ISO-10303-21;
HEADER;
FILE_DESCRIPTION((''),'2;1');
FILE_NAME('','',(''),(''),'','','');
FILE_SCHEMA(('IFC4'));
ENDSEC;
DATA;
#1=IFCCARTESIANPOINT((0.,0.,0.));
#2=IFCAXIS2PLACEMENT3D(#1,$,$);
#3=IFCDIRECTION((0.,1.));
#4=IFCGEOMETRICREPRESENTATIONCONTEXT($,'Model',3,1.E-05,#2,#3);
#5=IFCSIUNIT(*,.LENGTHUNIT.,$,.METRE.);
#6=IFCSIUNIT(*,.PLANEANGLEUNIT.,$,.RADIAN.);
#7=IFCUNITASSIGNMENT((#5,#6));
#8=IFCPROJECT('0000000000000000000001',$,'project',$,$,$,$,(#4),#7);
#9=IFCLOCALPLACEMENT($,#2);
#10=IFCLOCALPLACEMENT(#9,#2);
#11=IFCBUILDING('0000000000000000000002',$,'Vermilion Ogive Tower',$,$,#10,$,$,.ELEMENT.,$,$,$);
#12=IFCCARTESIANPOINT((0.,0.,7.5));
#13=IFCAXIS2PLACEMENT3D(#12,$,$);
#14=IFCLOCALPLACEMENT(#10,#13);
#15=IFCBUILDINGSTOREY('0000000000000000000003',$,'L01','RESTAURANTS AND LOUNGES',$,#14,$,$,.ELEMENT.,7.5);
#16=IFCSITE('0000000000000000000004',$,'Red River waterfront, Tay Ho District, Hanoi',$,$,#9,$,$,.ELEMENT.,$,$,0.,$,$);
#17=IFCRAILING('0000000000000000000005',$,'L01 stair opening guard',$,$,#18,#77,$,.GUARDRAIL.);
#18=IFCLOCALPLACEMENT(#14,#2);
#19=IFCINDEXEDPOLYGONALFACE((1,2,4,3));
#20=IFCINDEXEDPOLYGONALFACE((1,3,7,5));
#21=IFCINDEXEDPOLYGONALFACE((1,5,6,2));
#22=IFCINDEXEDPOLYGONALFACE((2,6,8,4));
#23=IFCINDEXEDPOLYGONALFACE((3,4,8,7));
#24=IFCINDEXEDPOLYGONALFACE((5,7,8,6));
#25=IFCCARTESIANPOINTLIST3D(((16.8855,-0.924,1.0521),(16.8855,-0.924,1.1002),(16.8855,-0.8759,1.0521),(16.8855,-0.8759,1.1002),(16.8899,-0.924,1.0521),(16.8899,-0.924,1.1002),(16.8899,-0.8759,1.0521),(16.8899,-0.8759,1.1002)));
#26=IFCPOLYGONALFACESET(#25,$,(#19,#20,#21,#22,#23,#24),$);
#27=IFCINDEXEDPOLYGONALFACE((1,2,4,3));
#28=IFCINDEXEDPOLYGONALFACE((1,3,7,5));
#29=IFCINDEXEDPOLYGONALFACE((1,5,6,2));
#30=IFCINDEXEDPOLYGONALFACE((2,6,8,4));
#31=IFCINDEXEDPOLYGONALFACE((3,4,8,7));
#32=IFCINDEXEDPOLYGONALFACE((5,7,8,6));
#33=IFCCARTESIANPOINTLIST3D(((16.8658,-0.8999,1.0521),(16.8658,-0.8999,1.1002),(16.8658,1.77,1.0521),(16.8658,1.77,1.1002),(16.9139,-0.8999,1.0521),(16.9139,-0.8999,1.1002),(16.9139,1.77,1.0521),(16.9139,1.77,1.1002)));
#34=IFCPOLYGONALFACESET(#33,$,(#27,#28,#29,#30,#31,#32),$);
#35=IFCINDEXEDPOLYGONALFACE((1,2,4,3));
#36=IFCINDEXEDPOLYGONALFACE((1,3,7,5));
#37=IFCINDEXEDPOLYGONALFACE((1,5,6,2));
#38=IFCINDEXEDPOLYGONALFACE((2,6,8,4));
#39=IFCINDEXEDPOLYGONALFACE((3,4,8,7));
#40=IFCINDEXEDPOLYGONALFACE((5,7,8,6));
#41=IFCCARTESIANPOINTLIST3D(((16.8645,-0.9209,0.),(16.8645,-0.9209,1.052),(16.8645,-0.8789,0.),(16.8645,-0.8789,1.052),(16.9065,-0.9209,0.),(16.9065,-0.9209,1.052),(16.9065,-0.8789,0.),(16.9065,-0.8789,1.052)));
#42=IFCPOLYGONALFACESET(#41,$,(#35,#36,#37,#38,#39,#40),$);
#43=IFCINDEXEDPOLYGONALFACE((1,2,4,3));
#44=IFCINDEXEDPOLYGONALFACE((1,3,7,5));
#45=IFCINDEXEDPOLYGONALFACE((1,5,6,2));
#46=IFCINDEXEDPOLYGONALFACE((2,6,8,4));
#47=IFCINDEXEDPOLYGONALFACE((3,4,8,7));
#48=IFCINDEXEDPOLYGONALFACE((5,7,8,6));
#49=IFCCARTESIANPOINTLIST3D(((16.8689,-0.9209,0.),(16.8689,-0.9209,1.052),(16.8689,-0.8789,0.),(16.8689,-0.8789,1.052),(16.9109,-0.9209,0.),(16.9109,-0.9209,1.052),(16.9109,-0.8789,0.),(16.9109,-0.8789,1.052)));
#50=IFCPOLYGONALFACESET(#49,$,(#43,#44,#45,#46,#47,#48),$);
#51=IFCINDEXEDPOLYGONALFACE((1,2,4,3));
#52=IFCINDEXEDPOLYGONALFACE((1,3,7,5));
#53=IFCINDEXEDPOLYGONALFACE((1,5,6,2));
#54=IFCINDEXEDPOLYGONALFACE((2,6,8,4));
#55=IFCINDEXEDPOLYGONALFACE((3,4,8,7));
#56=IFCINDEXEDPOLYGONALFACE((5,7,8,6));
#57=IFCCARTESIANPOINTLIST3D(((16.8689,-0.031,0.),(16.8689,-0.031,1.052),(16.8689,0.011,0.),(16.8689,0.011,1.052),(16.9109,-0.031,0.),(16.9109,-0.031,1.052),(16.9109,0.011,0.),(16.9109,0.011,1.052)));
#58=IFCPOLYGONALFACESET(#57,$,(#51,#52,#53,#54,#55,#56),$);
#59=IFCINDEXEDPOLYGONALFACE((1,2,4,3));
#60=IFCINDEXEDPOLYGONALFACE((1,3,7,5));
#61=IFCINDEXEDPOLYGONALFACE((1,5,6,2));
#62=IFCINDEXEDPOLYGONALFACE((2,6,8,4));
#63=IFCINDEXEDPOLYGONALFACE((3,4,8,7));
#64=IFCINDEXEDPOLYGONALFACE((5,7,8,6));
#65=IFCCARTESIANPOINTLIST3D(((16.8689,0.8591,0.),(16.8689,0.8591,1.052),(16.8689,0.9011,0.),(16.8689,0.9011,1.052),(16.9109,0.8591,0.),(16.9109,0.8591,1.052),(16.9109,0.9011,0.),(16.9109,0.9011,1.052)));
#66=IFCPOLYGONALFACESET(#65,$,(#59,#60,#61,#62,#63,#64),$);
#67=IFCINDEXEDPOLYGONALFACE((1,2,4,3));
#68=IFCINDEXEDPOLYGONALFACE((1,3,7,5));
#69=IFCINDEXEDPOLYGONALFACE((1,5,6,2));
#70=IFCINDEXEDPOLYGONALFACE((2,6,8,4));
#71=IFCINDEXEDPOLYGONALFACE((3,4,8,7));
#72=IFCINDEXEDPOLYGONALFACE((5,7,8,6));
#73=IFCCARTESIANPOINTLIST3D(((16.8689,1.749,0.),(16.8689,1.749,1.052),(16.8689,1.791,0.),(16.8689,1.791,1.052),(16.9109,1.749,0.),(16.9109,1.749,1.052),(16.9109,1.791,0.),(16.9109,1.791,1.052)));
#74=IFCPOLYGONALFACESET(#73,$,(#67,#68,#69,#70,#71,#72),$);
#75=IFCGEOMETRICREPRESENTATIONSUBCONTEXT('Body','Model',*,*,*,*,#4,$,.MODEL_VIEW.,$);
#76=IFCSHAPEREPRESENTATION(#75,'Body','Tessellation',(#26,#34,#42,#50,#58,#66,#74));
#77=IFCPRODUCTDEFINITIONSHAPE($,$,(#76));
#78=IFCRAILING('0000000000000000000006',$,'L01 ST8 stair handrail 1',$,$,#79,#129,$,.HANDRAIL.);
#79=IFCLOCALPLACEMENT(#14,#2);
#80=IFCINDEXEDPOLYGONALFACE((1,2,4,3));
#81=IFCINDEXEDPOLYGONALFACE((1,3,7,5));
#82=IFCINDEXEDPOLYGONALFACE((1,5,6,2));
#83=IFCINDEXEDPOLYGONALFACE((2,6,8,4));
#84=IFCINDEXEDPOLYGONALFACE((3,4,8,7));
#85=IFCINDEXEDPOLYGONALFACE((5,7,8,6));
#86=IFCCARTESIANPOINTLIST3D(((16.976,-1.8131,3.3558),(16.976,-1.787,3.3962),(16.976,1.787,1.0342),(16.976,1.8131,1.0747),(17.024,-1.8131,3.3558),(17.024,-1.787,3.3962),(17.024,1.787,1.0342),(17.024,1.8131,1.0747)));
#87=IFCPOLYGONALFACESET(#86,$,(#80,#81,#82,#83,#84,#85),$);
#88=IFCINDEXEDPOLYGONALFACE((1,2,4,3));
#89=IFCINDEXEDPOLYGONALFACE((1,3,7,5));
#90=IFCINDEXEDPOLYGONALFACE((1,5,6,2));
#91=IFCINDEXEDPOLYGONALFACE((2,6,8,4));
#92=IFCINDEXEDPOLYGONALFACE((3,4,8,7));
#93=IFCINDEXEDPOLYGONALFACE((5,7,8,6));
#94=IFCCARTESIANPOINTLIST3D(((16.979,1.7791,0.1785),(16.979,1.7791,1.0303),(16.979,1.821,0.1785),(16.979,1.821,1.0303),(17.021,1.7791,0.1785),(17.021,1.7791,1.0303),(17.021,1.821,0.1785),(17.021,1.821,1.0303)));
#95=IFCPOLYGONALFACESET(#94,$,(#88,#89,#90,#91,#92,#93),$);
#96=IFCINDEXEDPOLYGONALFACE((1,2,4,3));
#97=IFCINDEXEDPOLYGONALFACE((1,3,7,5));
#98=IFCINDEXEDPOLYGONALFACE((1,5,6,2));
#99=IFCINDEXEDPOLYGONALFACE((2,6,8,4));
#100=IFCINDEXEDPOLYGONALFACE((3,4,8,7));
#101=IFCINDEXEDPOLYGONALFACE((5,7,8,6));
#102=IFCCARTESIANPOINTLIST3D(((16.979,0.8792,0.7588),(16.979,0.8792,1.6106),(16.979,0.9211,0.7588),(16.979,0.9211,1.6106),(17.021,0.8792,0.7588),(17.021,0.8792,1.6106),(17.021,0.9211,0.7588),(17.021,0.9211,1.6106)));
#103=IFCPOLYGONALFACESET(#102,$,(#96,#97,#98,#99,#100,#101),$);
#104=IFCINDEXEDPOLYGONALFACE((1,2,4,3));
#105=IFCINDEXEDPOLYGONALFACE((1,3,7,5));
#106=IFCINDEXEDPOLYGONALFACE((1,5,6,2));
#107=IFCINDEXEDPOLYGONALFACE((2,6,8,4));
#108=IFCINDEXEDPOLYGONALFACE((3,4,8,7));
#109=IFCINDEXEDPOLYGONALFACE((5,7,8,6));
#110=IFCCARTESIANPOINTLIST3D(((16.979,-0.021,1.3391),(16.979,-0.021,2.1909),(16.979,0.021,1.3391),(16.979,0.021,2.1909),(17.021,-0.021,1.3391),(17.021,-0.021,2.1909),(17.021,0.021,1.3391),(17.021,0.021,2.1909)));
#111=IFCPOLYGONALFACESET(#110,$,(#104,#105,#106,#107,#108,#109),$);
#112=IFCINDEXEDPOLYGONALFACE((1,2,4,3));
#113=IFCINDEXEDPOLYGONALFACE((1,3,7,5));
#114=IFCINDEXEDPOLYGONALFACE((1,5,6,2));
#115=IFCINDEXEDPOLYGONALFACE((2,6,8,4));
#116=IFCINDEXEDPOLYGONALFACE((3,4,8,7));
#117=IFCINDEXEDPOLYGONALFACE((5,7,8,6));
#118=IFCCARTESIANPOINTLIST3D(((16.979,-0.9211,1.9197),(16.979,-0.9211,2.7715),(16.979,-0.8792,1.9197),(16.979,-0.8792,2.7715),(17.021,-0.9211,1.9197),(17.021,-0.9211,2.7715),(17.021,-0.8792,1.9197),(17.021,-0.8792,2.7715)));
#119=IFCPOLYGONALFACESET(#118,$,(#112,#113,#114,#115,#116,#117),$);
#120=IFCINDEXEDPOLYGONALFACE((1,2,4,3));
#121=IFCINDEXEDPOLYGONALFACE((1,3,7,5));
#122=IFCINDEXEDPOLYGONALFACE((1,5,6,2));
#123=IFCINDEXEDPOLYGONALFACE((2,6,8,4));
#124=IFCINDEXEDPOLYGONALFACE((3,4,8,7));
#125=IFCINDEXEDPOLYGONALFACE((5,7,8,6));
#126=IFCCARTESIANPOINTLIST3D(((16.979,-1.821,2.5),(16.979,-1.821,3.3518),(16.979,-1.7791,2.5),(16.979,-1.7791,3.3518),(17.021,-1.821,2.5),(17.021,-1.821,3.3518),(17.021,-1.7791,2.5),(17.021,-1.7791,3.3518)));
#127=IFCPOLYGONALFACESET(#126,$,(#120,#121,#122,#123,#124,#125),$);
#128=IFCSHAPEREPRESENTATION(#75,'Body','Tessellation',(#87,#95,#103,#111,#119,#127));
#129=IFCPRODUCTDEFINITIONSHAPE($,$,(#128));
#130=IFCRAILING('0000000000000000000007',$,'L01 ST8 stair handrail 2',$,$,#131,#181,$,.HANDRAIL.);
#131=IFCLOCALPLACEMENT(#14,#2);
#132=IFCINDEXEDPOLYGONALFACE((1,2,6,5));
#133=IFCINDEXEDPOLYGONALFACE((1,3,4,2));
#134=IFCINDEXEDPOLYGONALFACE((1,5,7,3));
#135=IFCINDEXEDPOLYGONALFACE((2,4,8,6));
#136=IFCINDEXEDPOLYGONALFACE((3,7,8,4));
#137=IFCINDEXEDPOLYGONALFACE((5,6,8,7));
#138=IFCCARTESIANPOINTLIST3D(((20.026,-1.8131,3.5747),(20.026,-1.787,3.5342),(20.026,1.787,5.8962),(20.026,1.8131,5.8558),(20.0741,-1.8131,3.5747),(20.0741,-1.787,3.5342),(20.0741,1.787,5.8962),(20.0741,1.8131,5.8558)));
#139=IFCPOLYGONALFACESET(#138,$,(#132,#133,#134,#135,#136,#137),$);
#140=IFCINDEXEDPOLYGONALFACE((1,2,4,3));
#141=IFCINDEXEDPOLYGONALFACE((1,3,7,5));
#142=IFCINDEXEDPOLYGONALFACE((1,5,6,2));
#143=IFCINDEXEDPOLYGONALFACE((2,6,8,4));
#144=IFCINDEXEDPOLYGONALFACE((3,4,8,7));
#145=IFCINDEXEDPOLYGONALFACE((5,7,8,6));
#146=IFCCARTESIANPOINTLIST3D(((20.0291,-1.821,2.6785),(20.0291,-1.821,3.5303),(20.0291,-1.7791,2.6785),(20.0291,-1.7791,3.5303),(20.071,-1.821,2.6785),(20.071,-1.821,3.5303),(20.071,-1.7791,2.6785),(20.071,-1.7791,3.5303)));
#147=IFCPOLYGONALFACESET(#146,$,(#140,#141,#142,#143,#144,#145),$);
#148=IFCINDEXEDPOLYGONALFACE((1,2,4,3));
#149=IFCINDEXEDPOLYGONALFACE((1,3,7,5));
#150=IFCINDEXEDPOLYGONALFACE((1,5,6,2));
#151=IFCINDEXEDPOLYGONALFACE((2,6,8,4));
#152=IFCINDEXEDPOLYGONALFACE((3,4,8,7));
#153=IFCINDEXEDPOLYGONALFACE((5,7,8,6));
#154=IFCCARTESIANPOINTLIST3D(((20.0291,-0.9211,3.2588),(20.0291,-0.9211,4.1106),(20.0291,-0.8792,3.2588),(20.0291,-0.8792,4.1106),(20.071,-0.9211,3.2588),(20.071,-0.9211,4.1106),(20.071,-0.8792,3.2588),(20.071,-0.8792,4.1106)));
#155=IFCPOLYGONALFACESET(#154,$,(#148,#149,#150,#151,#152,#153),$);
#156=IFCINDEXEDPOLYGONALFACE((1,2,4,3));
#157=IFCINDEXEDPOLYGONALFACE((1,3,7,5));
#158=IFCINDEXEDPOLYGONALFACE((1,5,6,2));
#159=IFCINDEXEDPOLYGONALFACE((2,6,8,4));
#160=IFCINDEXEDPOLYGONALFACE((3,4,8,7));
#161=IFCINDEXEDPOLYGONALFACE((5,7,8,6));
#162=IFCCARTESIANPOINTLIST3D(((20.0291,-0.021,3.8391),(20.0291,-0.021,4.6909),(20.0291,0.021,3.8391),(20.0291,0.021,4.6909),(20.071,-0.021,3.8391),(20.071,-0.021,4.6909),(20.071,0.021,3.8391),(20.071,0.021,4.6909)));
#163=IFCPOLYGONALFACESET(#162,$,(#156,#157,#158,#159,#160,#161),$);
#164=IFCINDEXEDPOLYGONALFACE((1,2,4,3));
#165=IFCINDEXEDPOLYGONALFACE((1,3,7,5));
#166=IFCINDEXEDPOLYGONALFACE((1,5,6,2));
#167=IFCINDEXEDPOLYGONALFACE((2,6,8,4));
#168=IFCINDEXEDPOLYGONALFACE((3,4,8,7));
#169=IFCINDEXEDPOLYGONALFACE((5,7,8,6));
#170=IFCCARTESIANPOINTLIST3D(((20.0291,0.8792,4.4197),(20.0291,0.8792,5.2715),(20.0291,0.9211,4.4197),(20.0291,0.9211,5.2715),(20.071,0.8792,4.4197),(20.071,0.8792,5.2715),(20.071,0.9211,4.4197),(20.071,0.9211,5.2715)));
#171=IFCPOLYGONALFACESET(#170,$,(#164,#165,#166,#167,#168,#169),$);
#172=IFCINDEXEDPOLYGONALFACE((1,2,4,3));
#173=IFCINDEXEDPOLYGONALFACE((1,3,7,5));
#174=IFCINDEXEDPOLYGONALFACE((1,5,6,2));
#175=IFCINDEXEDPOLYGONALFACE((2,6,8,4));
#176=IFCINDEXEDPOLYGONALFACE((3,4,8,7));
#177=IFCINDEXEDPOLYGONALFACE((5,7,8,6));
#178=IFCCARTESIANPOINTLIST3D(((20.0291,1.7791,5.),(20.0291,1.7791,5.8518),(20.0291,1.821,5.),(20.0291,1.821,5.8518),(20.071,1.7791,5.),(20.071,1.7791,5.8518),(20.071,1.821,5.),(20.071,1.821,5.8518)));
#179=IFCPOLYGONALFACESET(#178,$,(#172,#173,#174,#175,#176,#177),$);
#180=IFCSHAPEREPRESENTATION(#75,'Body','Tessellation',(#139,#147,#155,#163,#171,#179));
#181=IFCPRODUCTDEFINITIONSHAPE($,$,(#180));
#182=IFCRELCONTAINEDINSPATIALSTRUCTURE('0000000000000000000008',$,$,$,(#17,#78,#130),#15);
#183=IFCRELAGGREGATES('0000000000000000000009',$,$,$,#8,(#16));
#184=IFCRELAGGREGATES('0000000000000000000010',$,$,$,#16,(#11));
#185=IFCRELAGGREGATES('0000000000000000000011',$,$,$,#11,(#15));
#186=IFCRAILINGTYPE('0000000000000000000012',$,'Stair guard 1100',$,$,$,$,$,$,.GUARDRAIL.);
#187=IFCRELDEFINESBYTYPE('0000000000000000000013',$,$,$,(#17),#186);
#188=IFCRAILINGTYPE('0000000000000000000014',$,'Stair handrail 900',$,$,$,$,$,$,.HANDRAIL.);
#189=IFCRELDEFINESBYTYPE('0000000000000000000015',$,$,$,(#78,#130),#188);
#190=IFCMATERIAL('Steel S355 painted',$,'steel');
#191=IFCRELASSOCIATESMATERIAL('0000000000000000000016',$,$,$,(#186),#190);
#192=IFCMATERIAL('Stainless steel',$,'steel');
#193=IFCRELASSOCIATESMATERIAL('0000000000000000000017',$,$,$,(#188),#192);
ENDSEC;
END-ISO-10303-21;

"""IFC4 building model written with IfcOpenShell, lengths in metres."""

from ifc_helpers import new_model, si_unit, direction, frame, origin, origin_2d, place, context, subcontext, project, spatial, rectangle, extrude, material, type_object, element, save


model = new_model("IFC4")

# Units and contexts
model_context = context("Model", 3, precision=1e-05, world=origin(), true_north=direction((0.0, 1.0)))
body_context = subcontext(model_context, "Body", "Model", "MODEL_VIEW")
ifc_project = project(units=[si_unit("LENGTHUNIT", "METRE"), si_unit("PLANEANGLEUNIT", "RADIAN")], contexts=[model_context])

# Site, building, storey
site_placement = place(None, origin())
site = spatial("IfcSite", under=ifc_project, at=site_placement, Name="Red River waterfront, Tay Ho District, Hanoi", CompositionType="ELEMENT", RefElevation=0.0)
building_placement = place(site_placement, origin())
building = spatial("IfcBuilding", under=site, at=building_placement, Name="Vermilion Ogive Tower", CompositionType="ELEMENT")
storey_placement = place(building_placement, frame((0.0, 0.0, 7.5)))
storey = spatial("IfcBuildingStorey", under=building, at=storey_placement, Name="L01", Description="RESTAURANTS AND LOUNGES", CompositionType="ELEMENT", Elevation=7.5)

# Railings
ifc_material_1 = material(Name="Steel S355 painted", Category="steel")
railing_type_1 = type_object("IfcRailingType", Name="Stair guard 1100", PredefinedType="GUARDRAIL", material=ifc_material_1)
railing_1_placement = place(storey_placement, frame((16.8855, -0.8999, 0.0)))
element("IfcRailing", 1, at=railing_1_placement, inside=storey, type_object=railing_type_1, Name="L01 stair opening guard", PredefinedType="GUARDRAIL", context=body_context, shape_type="SweptSolid", body=[
    extrude(rectangle(XDim=0.0481, YDim=0.0481, at=origin_2d()), frame((0.0, 0.0, 1.0762), z_axis=(1.0, 0.0, 0.0), x_axis=(0.0, 1.0, 0.0)), (0.0, 0.0, 1.0), 0.0044),
    extrude(rectangle(XDim=0.0481, YDim=0.0481, at=origin_2d()), frame((0.0044, 0.0, 1.0762), z_axis=(0.0, 1.0, 0.0), x_axis=(-1.0, 0.0, 0.0)), (0.0, 0.0, 1.0), 2.6699),
    extrude(rectangle(XDim=0.042, YDim=0.042, at=origin_2d()), origin(), (0.0, 0.0, 1.0), 1.052),
    extrude(rectangle(XDim=0.042, YDim=0.042, at=origin_2d()), frame((0.0044, 0.0, 0.0)), (0.0, 0.0, 1.0), 1.052),
    extrude(rectangle(XDim=0.042, YDim=0.042, at=origin_2d()), frame((0.0044, 0.8899, 0.0)), (0.0, 0.0, 1.0), 1.052),
    extrude(rectangle(XDim=0.042, YDim=0.042, at=origin_2d()), frame((0.0044, 1.78, 0.0)), (0.0, 0.0, 1.0), 1.052),
    extrude(rectangle(XDim=0.042, YDim=0.042, at=origin_2d()), frame((0.0044, 2.6699, 0.0)), (0.0, 0.0, 1.0), 1.052),
])
ifc_material_2 = material(Name="Stainless steel", Category="steel")
railing_type_2 = type_object("IfcRailingType", Name="Stair handrail 900", PredefinedType="HANDRAIL", material=ifc_material_2)
railing_2_placement = place(storey_placement, frame((17.0, 1.8, 0.1785)))
element("IfcRailing", 2, at=railing_2_placement, inside=storey, type_object=railing_type_2, Name="L01 ST8 stair handrail 1", PredefinedType="HANDRAIL", context=body_context, shape_type="SweptSolid", body=[
    extrude(rectangle(XDim=0.0481, YDim=0.0481, at=origin_2d()), frame((0.0, 0.0, 0.876), z_axis=(0.0, -0.840415, 0.541944), x_axis=(1.0, 0.0, 0.0)), (0.0, 0.0, 1.0), 4.2837),
    extrude(rectangle(XDim=0.042, YDim=0.042, at=origin_2d()), origin(), (0.0, 0.0, 1.0), 0.8518),
    extrude(rectangle(XDim=0.042, YDim=0.042, at=origin_2d()), frame((0.0, -0.8999, 0.5803)), (0.0, 0.0, 1.0), 0.8518),
    extrude(rectangle(XDim=0.042, YDim=0.042, at=origin_2d()), frame((0.0, -1.8, 1.1606)), (0.0, 0.0, 1.0), 0.8518),
    extrude(rectangle(XDim=0.042, YDim=0.042, at=origin_2d()), frame((0.0, -2.7002, 1.7412)), (0.0, 0.0, 1.0), 0.8518),
    extrude(rectangle(XDim=0.042, YDim=0.042, at=origin_2d()), frame((0.0, -3.6001, 2.3215)), (0.0, 0.0, 1.0), 0.8518),
])
railing_3_placement = place(storey_placement, frame((20.05, -1.8, 2.6785)))
element("IfcRailing", 3, at=railing_3_placement, inside=storey, type_object=railing_type_2, Name="L01 ST8 stair handrail 2", PredefinedType="HANDRAIL", context=body_context, shape_type="SweptSolid", body=[
    extrude(rectangle(XDim=0.0481, YDim=0.0481, at=origin_2d()), frame((0.0, 0.0, 0.876), z_axis=(0.0, 0.840415, 0.541944), x_axis=(-1.0, 0.0, 0.0)), (0.0, 0.0, 1.0), 4.2837),
    extrude(rectangle(XDim=0.042, YDim=0.042, at=origin_2d()), origin(), (0.0, 0.0, 1.0), 0.8518),
    extrude(rectangle(XDim=0.042, YDim=0.042, at=origin_2d()), frame((0.0, 0.8999, 0.5803)), (0.0, 0.0, 1.0), 0.8518),
    extrude(rectangle(XDim=0.042, YDim=0.042, at=origin_2d()), frame((0.0, 1.8, 1.1606)), (0.0, 0.0, 1.0), 0.8518),
    extrude(rectangle(XDim=0.042, YDim=0.042, at=origin_2d()), frame((0.0, 2.7002, 1.7412)), (0.0, 0.0, 1.0), 0.8518),
    extrude(rectangle(XDim=0.042, YDim=0.042, at=origin_2d()), frame((0.0, 3.6001, 2.3215)), (0.0, 0.0, 1.0), 0.8518),
])

save(model, "model.ifc")
